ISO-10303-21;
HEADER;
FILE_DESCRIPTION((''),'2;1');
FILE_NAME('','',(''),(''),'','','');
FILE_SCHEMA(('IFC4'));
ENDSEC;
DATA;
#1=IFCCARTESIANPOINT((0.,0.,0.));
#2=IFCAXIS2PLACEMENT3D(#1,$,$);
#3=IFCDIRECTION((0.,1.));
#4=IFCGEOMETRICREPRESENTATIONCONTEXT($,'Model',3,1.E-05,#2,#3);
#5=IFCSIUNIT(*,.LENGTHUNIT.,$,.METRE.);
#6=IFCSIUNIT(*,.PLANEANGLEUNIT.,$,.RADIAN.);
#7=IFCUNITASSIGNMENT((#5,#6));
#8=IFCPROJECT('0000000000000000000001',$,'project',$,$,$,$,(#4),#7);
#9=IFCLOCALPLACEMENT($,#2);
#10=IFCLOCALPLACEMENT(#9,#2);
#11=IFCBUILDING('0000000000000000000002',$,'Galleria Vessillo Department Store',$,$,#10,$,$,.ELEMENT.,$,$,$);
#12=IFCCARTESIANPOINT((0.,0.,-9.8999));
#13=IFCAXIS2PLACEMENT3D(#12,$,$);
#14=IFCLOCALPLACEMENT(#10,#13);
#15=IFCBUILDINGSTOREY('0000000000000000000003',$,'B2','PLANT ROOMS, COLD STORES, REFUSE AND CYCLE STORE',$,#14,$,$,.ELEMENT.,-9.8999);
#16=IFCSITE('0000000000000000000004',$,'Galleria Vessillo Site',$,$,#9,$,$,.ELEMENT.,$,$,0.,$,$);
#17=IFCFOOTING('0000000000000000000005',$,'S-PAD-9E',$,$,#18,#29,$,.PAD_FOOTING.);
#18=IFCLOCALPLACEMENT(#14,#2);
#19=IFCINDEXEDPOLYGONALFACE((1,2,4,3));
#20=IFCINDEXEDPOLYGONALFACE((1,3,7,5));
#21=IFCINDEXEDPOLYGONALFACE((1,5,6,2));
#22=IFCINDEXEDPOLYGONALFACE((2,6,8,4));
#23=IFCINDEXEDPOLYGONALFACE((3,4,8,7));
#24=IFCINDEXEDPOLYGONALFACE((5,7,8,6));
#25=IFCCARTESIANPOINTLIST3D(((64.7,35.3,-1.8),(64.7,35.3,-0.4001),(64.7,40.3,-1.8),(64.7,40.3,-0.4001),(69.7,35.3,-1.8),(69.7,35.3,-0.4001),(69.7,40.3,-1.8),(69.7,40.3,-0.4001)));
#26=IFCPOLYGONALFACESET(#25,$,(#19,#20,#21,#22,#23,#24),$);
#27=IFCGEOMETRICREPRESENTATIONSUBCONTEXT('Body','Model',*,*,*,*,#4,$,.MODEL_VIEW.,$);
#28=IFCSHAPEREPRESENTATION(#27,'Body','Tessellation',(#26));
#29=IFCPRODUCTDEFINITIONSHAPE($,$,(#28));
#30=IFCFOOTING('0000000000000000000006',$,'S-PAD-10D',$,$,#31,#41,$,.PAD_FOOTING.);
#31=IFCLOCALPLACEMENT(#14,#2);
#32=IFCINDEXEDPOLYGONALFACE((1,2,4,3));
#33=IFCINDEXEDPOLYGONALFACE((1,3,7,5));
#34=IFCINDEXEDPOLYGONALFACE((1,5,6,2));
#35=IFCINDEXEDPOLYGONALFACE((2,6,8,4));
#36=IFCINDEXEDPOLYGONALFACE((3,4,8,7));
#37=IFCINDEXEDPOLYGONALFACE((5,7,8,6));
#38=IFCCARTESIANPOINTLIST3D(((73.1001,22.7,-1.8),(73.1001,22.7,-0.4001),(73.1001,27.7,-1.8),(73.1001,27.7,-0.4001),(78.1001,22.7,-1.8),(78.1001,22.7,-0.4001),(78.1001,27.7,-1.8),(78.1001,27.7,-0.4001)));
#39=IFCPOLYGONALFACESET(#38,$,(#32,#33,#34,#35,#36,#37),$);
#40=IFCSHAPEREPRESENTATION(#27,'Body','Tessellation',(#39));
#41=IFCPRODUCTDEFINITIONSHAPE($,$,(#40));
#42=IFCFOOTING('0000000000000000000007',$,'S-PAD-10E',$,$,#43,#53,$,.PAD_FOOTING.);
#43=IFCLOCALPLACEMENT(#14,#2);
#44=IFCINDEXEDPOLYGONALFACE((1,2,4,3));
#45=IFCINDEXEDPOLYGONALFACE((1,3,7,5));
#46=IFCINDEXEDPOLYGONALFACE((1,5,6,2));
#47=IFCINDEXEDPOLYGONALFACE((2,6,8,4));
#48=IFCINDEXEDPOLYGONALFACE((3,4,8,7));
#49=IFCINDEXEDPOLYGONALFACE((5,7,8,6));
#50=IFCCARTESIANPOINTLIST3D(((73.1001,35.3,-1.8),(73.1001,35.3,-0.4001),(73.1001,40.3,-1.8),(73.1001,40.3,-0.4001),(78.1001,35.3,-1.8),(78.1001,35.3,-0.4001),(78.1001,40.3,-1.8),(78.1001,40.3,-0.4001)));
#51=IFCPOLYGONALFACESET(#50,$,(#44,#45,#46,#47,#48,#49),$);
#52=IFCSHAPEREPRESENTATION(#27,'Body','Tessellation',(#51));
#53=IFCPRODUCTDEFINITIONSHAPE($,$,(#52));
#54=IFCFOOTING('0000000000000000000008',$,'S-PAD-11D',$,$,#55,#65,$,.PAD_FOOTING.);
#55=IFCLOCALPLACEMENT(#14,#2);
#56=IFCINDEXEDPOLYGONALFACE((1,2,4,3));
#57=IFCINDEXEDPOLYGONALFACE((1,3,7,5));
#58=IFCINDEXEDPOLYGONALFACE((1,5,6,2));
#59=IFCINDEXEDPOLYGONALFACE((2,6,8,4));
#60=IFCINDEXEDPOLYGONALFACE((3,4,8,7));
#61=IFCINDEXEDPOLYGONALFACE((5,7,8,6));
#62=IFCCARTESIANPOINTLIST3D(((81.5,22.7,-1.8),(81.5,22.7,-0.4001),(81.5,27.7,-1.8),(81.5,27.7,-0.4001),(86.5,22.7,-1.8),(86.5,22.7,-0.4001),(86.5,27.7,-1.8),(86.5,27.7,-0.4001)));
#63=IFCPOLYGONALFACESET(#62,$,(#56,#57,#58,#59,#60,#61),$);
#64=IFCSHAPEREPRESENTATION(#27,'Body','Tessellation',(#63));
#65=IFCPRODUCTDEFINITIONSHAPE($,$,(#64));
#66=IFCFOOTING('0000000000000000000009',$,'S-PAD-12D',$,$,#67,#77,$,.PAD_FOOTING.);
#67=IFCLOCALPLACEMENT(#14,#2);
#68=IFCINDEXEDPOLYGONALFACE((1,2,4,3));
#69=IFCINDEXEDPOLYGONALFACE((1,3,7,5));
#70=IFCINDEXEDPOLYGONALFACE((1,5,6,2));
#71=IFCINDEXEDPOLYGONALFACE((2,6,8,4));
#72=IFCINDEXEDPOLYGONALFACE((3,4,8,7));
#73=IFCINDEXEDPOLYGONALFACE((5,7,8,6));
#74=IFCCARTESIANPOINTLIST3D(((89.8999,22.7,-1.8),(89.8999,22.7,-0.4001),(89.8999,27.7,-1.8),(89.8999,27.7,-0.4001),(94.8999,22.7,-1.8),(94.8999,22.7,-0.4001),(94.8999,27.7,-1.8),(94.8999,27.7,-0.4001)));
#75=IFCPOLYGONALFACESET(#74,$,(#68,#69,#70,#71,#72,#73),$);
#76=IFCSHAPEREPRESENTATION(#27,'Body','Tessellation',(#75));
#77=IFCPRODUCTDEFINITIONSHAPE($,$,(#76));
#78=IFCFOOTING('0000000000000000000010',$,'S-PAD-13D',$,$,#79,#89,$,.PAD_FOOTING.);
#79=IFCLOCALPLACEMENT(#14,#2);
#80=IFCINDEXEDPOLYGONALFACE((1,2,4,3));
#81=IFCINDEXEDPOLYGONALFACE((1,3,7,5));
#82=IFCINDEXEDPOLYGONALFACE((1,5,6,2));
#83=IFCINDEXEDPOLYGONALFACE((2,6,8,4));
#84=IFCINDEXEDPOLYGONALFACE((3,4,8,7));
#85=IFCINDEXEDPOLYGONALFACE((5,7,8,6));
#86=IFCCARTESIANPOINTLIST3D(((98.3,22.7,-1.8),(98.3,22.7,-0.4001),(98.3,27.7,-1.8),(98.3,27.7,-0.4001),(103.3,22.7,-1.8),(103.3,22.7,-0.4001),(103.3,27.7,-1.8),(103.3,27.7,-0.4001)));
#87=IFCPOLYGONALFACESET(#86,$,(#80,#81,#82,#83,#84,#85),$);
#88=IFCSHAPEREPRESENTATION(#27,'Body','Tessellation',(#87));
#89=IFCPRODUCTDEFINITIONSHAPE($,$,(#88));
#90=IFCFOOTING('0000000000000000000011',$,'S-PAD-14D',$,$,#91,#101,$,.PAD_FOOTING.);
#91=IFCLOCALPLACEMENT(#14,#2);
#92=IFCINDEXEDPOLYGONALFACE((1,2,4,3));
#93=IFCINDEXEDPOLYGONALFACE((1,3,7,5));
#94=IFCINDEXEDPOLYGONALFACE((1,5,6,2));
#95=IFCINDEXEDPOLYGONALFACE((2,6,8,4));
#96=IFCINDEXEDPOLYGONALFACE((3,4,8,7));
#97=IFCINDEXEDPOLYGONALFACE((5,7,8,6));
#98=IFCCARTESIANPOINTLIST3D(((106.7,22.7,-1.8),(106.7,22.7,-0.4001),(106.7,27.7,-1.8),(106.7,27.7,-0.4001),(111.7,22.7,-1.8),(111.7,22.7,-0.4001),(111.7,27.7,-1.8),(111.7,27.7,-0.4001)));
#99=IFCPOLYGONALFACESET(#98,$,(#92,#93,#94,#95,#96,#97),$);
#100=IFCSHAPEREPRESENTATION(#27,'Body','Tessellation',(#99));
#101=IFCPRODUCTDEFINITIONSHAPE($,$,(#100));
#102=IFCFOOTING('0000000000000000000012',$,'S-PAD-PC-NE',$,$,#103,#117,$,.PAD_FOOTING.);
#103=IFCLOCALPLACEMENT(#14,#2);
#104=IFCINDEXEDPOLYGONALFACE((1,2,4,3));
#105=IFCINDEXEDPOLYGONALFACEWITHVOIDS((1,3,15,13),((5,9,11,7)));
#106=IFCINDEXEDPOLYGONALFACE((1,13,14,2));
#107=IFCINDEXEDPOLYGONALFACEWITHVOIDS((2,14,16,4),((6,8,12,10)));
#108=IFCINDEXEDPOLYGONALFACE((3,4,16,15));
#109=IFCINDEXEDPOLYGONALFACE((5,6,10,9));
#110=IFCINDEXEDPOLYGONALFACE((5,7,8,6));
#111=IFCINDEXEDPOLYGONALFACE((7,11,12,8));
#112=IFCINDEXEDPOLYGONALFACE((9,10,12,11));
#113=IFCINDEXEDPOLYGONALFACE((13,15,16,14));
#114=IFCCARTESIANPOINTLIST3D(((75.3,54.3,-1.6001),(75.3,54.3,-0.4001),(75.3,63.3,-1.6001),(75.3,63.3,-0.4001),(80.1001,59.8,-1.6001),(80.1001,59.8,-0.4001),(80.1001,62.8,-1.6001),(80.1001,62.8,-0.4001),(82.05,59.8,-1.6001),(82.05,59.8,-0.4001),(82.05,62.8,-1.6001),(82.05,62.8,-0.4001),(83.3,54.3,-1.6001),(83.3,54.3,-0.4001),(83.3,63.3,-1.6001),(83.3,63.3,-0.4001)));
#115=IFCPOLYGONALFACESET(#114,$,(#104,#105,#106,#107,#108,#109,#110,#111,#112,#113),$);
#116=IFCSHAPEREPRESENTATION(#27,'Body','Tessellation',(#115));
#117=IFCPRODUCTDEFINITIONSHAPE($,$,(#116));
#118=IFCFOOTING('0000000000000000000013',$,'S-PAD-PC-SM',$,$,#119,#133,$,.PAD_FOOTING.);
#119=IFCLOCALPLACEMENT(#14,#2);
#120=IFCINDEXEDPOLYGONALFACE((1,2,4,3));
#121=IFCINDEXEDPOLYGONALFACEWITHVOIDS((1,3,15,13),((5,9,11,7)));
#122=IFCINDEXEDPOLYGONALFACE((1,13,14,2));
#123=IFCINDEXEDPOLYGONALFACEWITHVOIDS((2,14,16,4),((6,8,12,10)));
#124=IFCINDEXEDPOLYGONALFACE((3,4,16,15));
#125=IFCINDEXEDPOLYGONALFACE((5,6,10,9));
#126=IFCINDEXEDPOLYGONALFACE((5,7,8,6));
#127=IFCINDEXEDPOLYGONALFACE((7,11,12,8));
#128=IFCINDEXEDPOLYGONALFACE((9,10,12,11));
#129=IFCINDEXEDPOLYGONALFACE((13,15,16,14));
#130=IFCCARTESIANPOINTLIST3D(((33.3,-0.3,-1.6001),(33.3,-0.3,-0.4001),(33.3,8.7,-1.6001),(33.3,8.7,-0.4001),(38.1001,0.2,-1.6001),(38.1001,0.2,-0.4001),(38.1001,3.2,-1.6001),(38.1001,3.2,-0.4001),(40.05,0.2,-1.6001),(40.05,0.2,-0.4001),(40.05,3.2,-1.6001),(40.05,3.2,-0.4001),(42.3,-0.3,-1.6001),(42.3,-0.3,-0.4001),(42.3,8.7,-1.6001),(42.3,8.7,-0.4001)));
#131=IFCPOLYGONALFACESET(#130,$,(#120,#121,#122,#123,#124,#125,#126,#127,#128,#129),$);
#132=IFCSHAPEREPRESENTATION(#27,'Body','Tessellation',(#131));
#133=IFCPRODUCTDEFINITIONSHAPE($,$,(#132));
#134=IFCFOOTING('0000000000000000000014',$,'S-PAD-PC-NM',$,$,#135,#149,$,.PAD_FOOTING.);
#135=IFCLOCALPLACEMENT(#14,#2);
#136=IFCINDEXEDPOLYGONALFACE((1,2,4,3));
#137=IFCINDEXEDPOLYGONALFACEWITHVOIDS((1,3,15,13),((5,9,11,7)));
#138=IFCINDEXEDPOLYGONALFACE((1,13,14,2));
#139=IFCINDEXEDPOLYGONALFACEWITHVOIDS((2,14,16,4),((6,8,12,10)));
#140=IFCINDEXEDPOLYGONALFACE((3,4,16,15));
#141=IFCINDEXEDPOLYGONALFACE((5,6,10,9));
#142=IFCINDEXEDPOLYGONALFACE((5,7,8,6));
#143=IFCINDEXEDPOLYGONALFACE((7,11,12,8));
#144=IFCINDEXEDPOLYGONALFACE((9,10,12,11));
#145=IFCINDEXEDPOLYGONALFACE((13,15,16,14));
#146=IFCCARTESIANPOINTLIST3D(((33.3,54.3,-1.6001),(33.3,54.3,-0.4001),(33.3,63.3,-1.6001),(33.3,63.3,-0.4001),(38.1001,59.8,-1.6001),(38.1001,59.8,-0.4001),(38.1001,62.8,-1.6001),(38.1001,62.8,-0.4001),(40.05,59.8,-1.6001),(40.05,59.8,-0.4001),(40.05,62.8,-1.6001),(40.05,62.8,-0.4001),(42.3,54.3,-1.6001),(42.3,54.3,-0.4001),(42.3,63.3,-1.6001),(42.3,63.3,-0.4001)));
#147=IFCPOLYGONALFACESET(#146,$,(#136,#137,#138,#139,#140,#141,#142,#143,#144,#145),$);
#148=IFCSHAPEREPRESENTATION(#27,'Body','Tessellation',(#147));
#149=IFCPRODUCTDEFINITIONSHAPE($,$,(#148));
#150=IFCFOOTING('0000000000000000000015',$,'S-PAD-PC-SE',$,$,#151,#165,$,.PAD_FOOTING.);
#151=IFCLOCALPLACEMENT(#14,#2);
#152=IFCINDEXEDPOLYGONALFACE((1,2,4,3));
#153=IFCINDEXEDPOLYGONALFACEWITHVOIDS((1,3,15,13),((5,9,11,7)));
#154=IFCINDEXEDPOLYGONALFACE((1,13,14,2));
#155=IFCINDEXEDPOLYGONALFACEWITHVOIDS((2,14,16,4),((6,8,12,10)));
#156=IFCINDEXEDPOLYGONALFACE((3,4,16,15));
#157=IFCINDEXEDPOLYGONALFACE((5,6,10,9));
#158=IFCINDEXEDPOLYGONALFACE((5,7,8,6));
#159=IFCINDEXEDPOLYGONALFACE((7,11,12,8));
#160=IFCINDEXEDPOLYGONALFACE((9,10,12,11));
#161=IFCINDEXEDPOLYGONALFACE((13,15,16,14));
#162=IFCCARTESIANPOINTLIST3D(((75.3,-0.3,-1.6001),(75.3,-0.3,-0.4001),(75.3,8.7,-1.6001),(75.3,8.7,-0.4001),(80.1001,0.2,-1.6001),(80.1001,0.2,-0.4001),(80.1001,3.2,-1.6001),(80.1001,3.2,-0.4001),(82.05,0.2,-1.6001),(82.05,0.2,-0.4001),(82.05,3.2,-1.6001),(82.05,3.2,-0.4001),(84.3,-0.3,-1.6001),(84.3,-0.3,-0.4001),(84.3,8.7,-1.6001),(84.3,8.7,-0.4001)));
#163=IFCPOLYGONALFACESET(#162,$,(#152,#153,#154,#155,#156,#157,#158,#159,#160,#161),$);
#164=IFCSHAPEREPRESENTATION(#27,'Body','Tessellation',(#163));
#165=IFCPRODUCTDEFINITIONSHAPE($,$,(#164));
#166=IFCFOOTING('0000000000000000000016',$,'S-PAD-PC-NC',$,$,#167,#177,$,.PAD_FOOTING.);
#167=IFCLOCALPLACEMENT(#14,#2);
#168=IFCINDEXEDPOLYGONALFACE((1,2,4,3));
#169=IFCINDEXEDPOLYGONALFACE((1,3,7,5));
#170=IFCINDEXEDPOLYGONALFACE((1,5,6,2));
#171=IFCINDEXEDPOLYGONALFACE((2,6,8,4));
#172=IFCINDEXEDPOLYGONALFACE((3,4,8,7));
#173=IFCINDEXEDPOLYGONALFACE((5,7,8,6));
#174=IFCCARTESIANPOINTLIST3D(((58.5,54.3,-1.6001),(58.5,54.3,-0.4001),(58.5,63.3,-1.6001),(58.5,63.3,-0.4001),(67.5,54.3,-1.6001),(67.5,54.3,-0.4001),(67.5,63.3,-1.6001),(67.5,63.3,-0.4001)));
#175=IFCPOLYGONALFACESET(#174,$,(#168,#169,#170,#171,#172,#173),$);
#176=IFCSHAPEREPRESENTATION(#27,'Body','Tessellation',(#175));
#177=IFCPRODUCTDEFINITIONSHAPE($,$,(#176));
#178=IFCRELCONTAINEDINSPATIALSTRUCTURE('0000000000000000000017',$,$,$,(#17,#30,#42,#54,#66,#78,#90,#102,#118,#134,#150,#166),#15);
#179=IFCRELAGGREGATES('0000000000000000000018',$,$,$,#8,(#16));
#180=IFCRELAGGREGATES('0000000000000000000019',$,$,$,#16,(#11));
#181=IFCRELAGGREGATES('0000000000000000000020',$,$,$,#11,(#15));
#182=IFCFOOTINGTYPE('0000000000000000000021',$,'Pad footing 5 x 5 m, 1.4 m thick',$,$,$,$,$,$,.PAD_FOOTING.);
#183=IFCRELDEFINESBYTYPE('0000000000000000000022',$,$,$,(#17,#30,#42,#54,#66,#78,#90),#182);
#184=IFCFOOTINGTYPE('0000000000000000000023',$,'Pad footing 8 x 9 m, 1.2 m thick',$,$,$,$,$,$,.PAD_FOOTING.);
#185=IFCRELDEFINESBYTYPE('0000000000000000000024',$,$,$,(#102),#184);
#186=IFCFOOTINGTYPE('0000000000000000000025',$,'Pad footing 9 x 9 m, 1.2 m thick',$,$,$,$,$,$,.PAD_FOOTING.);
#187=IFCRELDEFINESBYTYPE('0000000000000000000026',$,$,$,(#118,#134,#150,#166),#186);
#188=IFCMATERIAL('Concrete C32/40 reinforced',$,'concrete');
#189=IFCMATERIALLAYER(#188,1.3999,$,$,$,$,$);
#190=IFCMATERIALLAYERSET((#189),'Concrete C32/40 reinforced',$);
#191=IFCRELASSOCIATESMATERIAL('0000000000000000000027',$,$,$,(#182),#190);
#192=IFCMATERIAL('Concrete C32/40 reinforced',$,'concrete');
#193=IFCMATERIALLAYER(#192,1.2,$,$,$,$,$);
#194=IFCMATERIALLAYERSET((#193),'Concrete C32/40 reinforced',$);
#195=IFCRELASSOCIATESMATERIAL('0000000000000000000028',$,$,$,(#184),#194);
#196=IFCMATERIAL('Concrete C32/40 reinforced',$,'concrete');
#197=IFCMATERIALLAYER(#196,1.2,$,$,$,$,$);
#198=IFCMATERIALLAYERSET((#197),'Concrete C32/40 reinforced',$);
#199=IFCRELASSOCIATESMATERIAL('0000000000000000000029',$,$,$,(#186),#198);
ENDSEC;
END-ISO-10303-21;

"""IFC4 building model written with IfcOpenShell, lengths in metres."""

from ifc_helpers import new_model, si_unit, direction, frame, origin, place, context, subcontext, project, spatial, polyline, outline, extrude, material, layer, layer_set, type_object, element, save


model = new_model("IFC4")

# Units and contexts
model_context = context("Model", 3, precision=1e-05, world=origin(), true_north=direction((0.0, 1.0)))
body_context = subcontext(model_context, "Body", "Model", "MODEL_VIEW")
ifc_project = project(units=[si_unit("LENGTHUNIT", "METRE"), si_unit("PLANEANGLEUNIT", "RADIAN")], contexts=[model_context])

# Site, building, storey
site_placement = place(None, origin())
site = spatial("IfcSite", under=ifc_project, at=site_placement, Name="Galleria Vessillo Site", CompositionType="ELEMENT", RefElevation=0.0)
building_placement = place(site_placement, origin())
building = spatial("IfcBuilding", under=site, at=building_placement, Name="Galleria Vessillo Department Store", CompositionType="ELEMENT")
storey_placement = place(building_placement, frame((0.0, 0.0, -9.8999)))
storey = spatial("IfcBuildingStorey", under=building, at=storey_placement, Name="B2", Description="PLANT ROOMS, COLD STORES, REFUSE AND CYCLE STORE", CompositionType="ELEMENT", Elevation=-9.8999)

# Footings
ifc_material_1 = material(Name="Concrete C32/40 reinforced", Category="concrete")
ifc_layer_1 = layer(ifc_material_1, 1.3999)
ifc_layer_set_1 = layer_set([ifc_layer_1], Name="Concrete C32/40 reinforced")
footing_type_1 = type_object("IfcFootingType", Name="Pad footing 5 x 5 m, 1.4 m thick", PredefinedType="PAD_FOOTING", material=ifc_layer_set_1)
footing_1_placement = place(storey_placement, frame((0.0, 0.0, -1.8)))
element("IfcFooting", 1, at=footing_1_placement, inside=storey, type_object=footing_type_1, Name="S-PAD-9E", PredefinedType="PAD_FOOTING", context=body_context, shape_type="SweptSolid", body=[
    extrude(outline(polyline([(64.7, 35.3), (69.7, 35.3), (69.7, 40.3), (64.7, 40.3), (64.7, 35.3)])), origin(), (0.0, 0.0, 1.0), 1.3999),
])
footing_2_placement = place(storey_placement, frame((0.0, 0.0, -1.8)))
element("IfcFooting", 2, at=footing_2_placement, inside=storey, type_object=footing_type_1, Name="S-PAD-10D", PredefinedType="PAD_FOOTING", context=body_context, shape_type="SweptSolid", body=[
    extrude(outline(polyline([(73.1001, 22.7), (78.1001, 22.7), (78.1001, 27.7), (73.1001, 27.7), (73.1001, 22.7)])), origin(), (0.0, 0.0, 1.0), 1.3999),
])
footing_3_placement = place(storey_placement, frame((0.0, 0.0, -1.8)))
element("IfcFooting", 3, at=footing_3_placement, inside=storey, type_object=footing_type_1, Name="S-PAD-10E", PredefinedType="PAD_FOOTING", context=body_context, shape_type="SweptSolid", body=[
    extrude(outline(polyline([(73.1001, 35.3), (78.1001, 35.3), (78.1001, 40.3), (73.1001, 40.3), (73.1001, 35.3)])), origin(), (0.0, 0.0, 1.0), 1.3999),
])
footing_4_placement = place(storey_placement, frame((0.0, 0.0, -1.8)))
element("IfcFooting", 4, at=footing_4_placement, inside=storey, type_object=footing_type_1, Name="S-PAD-11D", PredefinedType="PAD_FOOTING", context=body_context, shape_type="SweptSolid", body=[
    extrude(outline(polyline([(81.5, 22.7), (86.5, 22.7), (86.5, 27.7), (81.5, 27.7), (81.5, 22.7)])), origin(), (0.0, 0.0, 1.0), 1.3999),
])
footing_5_placement = place(storey_placement, frame((0.0, 0.0, -1.8)))
element("IfcFooting", 5, at=footing_5_placement, inside=storey, type_object=footing_type_1, Name="S-PAD-12D", PredefinedType="PAD_FOOTING", context=body_context, shape_type="SweptSolid", body=[
    extrude(outline(polyline([(89.8999, 22.7), (94.8999, 22.7), (94.8999, 27.7), (89.8999, 27.7), (89.8999, 22.7)])), origin(), (0.0, 0.0, 1.0), 1.3999),
])
footing_6_placement = place(storey_placement, frame((0.0, 0.0, -1.8)))
element("IfcFooting", 6, at=footing_6_placement, inside=storey, type_object=footing_type_1, Name="S-PAD-13D", PredefinedType="PAD_FOOTING", context=body_context, shape_type="SweptSolid", body=[
    extrude(outline(polyline([(98.3, 22.7), (103.3, 22.7), (103.3, 27.7), (98.3, 27.7), (98.3, 22.7)])), origin(), (0.0, 0.0, 1.0), 1.3999),
])
footing_7_placement = place(storey_placement, frame((0.0, 0.0, -1.8)))
element("IfcFooting", 7, at=footing_7_placement, inside=storey, type_object=footing_type_1, Name="S-PAD-14D", PredefinedType="PAD_FOOTING", context=body_context, shape_type="SweptSolid", body=[
    extrude(outline(polyline([(106.7, 22.7), (111.7, 22.7), (111.7, 27.7), (106.7, 27.7), (106.7, 22.7)])), origin(), (0.0, 0.0, 1.0), 1.3999),
])
ifc_material_2 = material(Name="Concrete C32/40 reinforced", Category="concrete")
ifc_layer_2 = layer(ifc_material_2, 1.2)
ifc_layer_set_2 = layer_set([ifc_layer_2], Name="Concrete C32/40 reinforced")
footing_type_2 = type_object("IfcFootingType", Name="Pad footing 8 x 9 m, 1.2 m thick", PredefinedType="PAD_FOOTING", material=ifc_layer_set_2)
footing_8_placement = place(storey_placement, frame((0.0, 0.0, -1.6001)))
element("IfcFooting", 8, at=footing_8_placement, inside=storey, type_object=footing_type_2, Name="S-PAD-PC-NE", PredefinedType="PAD_FOOTING", context=body_context, shape_type="SweptSolid", body=[
    extrude(outline(polyline([(75.3, 54.3), (83.3, 54.3), (83.3, 63.3), (75.3, 63.3), (75.3, 54.3)]), holes=[polyline([(80.1001, 59.8), (82.05, 59.8), (82.05, 62.8), (80.1001, 62.8), (80.1001, 59.8)])]), origin(), (0.0, 0.0, 1.0), 1.2),
])
ifc_material_3 = material(Name="Concrete C32/40 reinforced", Category="concrete")
ifc_layer_3 = layer(ifc_material_3, 1.2)
ifc_layer_set_3 = layer_set([ifc_layer_3], Name="Concrete C32/40 reinforced")
footing_type_3 = type_object("IfcFootingType", Name="Pad footing 9 x 9 m, 1.2 m thick", PredefinedType="PAD_FOOTING", material=ifc_layer_set_3)
footing_9_placement = place(storey_placement, frame((0.0, 0.0, -1.6001)))
element("IfcFooting", 9, at=footing_9_placement, inside=storey, type_object=footing_type_3, Name="S-PAD-PC-SM", PredefinedType="PAD_FOOTING", context=body_context, shape_type="SweptSolid", body=[
    extrude(outline(polyline([(33.3, -0.3), (42.3, -0.3), (42.3, 8.7), (33.3, 8.7), (33.3, -0.3)]), holes=[polyline([(38.1001, 0.2), (40.05, 0.2), (40.05, 3.2), (38.1001, 3.2), (38.1001, 0.2)])]), origin(), (0.0, 0.0, 1.0), 1.2),
])
footing_10_placement = place(storey_placement, frame((0.0, 0.0, -1.6001)))
element("IfcFooting", 10, at=footing_10_placement, inside=storey, type_object=footing_type_3, Name="S-PAD-PC-NM", PredefinedType="PAD_FOOTING", context=body_context, shape_type="SweptSolid", body=[
    extrude(outline(polyline([(33.3, 54.3), (42.3, 54.3), (42.3, 63.3), (33.3, 63.3), (33.3, 54.3)]), holes=[polyline([(38.1001, 59.8), (40.05, 59.8), (40.05, 62.8), (38.1001, 62.8), (38.1001, 59.8)])]), origin(), (0.0, 0.0, 1.0), 1.2),
])
footing_11_placement = place(storey_placement, frame((0.0, 0.0, -1.6001)))
element("IfcFooting", 11, at=footing_11_placement, inside=storey, type_object=footing_type_3, Name="S-PAD-PC-SE", PredefinedType="PAD_FOOTING", context=body_context, shape_type="SweptSolid", body=[
    extrude(outline(polyline([(75.3, -0.3), (84.3, -0.3), (84.3, 8.7), (75.3, 8.7), (75.3, -0.3)]), holes=[polyline([(80.1001, 0.2), (82.05, 0.2), (82.05, 3.2), (80.1001, 3.2), (80.1001, 0.2)])]), origin(), (0.0, 0.0, 1.0), 1.2),
])
footing_12_placement = place(storey_placement, frame((0.0, 0.0, -1.6001)))
element("IfcFooting", 12, at=footing_12_placement, inside=storey, type_object=footing_type_3, Name="S-PAD-PC-NC", PredefinedType="PAD_FOOTING", context=body_context, shape_type="SweptSolid", body=[
    extrude(outline(polyline([(58.5, 54.3), (67.5, 54.3), (67.5, 63.3), (58.5, 63.3), (58.5, 54.3)])), origin(), (0.0, 0.0, 1.0), 1.2),
])

save(model, "model.ifc")
